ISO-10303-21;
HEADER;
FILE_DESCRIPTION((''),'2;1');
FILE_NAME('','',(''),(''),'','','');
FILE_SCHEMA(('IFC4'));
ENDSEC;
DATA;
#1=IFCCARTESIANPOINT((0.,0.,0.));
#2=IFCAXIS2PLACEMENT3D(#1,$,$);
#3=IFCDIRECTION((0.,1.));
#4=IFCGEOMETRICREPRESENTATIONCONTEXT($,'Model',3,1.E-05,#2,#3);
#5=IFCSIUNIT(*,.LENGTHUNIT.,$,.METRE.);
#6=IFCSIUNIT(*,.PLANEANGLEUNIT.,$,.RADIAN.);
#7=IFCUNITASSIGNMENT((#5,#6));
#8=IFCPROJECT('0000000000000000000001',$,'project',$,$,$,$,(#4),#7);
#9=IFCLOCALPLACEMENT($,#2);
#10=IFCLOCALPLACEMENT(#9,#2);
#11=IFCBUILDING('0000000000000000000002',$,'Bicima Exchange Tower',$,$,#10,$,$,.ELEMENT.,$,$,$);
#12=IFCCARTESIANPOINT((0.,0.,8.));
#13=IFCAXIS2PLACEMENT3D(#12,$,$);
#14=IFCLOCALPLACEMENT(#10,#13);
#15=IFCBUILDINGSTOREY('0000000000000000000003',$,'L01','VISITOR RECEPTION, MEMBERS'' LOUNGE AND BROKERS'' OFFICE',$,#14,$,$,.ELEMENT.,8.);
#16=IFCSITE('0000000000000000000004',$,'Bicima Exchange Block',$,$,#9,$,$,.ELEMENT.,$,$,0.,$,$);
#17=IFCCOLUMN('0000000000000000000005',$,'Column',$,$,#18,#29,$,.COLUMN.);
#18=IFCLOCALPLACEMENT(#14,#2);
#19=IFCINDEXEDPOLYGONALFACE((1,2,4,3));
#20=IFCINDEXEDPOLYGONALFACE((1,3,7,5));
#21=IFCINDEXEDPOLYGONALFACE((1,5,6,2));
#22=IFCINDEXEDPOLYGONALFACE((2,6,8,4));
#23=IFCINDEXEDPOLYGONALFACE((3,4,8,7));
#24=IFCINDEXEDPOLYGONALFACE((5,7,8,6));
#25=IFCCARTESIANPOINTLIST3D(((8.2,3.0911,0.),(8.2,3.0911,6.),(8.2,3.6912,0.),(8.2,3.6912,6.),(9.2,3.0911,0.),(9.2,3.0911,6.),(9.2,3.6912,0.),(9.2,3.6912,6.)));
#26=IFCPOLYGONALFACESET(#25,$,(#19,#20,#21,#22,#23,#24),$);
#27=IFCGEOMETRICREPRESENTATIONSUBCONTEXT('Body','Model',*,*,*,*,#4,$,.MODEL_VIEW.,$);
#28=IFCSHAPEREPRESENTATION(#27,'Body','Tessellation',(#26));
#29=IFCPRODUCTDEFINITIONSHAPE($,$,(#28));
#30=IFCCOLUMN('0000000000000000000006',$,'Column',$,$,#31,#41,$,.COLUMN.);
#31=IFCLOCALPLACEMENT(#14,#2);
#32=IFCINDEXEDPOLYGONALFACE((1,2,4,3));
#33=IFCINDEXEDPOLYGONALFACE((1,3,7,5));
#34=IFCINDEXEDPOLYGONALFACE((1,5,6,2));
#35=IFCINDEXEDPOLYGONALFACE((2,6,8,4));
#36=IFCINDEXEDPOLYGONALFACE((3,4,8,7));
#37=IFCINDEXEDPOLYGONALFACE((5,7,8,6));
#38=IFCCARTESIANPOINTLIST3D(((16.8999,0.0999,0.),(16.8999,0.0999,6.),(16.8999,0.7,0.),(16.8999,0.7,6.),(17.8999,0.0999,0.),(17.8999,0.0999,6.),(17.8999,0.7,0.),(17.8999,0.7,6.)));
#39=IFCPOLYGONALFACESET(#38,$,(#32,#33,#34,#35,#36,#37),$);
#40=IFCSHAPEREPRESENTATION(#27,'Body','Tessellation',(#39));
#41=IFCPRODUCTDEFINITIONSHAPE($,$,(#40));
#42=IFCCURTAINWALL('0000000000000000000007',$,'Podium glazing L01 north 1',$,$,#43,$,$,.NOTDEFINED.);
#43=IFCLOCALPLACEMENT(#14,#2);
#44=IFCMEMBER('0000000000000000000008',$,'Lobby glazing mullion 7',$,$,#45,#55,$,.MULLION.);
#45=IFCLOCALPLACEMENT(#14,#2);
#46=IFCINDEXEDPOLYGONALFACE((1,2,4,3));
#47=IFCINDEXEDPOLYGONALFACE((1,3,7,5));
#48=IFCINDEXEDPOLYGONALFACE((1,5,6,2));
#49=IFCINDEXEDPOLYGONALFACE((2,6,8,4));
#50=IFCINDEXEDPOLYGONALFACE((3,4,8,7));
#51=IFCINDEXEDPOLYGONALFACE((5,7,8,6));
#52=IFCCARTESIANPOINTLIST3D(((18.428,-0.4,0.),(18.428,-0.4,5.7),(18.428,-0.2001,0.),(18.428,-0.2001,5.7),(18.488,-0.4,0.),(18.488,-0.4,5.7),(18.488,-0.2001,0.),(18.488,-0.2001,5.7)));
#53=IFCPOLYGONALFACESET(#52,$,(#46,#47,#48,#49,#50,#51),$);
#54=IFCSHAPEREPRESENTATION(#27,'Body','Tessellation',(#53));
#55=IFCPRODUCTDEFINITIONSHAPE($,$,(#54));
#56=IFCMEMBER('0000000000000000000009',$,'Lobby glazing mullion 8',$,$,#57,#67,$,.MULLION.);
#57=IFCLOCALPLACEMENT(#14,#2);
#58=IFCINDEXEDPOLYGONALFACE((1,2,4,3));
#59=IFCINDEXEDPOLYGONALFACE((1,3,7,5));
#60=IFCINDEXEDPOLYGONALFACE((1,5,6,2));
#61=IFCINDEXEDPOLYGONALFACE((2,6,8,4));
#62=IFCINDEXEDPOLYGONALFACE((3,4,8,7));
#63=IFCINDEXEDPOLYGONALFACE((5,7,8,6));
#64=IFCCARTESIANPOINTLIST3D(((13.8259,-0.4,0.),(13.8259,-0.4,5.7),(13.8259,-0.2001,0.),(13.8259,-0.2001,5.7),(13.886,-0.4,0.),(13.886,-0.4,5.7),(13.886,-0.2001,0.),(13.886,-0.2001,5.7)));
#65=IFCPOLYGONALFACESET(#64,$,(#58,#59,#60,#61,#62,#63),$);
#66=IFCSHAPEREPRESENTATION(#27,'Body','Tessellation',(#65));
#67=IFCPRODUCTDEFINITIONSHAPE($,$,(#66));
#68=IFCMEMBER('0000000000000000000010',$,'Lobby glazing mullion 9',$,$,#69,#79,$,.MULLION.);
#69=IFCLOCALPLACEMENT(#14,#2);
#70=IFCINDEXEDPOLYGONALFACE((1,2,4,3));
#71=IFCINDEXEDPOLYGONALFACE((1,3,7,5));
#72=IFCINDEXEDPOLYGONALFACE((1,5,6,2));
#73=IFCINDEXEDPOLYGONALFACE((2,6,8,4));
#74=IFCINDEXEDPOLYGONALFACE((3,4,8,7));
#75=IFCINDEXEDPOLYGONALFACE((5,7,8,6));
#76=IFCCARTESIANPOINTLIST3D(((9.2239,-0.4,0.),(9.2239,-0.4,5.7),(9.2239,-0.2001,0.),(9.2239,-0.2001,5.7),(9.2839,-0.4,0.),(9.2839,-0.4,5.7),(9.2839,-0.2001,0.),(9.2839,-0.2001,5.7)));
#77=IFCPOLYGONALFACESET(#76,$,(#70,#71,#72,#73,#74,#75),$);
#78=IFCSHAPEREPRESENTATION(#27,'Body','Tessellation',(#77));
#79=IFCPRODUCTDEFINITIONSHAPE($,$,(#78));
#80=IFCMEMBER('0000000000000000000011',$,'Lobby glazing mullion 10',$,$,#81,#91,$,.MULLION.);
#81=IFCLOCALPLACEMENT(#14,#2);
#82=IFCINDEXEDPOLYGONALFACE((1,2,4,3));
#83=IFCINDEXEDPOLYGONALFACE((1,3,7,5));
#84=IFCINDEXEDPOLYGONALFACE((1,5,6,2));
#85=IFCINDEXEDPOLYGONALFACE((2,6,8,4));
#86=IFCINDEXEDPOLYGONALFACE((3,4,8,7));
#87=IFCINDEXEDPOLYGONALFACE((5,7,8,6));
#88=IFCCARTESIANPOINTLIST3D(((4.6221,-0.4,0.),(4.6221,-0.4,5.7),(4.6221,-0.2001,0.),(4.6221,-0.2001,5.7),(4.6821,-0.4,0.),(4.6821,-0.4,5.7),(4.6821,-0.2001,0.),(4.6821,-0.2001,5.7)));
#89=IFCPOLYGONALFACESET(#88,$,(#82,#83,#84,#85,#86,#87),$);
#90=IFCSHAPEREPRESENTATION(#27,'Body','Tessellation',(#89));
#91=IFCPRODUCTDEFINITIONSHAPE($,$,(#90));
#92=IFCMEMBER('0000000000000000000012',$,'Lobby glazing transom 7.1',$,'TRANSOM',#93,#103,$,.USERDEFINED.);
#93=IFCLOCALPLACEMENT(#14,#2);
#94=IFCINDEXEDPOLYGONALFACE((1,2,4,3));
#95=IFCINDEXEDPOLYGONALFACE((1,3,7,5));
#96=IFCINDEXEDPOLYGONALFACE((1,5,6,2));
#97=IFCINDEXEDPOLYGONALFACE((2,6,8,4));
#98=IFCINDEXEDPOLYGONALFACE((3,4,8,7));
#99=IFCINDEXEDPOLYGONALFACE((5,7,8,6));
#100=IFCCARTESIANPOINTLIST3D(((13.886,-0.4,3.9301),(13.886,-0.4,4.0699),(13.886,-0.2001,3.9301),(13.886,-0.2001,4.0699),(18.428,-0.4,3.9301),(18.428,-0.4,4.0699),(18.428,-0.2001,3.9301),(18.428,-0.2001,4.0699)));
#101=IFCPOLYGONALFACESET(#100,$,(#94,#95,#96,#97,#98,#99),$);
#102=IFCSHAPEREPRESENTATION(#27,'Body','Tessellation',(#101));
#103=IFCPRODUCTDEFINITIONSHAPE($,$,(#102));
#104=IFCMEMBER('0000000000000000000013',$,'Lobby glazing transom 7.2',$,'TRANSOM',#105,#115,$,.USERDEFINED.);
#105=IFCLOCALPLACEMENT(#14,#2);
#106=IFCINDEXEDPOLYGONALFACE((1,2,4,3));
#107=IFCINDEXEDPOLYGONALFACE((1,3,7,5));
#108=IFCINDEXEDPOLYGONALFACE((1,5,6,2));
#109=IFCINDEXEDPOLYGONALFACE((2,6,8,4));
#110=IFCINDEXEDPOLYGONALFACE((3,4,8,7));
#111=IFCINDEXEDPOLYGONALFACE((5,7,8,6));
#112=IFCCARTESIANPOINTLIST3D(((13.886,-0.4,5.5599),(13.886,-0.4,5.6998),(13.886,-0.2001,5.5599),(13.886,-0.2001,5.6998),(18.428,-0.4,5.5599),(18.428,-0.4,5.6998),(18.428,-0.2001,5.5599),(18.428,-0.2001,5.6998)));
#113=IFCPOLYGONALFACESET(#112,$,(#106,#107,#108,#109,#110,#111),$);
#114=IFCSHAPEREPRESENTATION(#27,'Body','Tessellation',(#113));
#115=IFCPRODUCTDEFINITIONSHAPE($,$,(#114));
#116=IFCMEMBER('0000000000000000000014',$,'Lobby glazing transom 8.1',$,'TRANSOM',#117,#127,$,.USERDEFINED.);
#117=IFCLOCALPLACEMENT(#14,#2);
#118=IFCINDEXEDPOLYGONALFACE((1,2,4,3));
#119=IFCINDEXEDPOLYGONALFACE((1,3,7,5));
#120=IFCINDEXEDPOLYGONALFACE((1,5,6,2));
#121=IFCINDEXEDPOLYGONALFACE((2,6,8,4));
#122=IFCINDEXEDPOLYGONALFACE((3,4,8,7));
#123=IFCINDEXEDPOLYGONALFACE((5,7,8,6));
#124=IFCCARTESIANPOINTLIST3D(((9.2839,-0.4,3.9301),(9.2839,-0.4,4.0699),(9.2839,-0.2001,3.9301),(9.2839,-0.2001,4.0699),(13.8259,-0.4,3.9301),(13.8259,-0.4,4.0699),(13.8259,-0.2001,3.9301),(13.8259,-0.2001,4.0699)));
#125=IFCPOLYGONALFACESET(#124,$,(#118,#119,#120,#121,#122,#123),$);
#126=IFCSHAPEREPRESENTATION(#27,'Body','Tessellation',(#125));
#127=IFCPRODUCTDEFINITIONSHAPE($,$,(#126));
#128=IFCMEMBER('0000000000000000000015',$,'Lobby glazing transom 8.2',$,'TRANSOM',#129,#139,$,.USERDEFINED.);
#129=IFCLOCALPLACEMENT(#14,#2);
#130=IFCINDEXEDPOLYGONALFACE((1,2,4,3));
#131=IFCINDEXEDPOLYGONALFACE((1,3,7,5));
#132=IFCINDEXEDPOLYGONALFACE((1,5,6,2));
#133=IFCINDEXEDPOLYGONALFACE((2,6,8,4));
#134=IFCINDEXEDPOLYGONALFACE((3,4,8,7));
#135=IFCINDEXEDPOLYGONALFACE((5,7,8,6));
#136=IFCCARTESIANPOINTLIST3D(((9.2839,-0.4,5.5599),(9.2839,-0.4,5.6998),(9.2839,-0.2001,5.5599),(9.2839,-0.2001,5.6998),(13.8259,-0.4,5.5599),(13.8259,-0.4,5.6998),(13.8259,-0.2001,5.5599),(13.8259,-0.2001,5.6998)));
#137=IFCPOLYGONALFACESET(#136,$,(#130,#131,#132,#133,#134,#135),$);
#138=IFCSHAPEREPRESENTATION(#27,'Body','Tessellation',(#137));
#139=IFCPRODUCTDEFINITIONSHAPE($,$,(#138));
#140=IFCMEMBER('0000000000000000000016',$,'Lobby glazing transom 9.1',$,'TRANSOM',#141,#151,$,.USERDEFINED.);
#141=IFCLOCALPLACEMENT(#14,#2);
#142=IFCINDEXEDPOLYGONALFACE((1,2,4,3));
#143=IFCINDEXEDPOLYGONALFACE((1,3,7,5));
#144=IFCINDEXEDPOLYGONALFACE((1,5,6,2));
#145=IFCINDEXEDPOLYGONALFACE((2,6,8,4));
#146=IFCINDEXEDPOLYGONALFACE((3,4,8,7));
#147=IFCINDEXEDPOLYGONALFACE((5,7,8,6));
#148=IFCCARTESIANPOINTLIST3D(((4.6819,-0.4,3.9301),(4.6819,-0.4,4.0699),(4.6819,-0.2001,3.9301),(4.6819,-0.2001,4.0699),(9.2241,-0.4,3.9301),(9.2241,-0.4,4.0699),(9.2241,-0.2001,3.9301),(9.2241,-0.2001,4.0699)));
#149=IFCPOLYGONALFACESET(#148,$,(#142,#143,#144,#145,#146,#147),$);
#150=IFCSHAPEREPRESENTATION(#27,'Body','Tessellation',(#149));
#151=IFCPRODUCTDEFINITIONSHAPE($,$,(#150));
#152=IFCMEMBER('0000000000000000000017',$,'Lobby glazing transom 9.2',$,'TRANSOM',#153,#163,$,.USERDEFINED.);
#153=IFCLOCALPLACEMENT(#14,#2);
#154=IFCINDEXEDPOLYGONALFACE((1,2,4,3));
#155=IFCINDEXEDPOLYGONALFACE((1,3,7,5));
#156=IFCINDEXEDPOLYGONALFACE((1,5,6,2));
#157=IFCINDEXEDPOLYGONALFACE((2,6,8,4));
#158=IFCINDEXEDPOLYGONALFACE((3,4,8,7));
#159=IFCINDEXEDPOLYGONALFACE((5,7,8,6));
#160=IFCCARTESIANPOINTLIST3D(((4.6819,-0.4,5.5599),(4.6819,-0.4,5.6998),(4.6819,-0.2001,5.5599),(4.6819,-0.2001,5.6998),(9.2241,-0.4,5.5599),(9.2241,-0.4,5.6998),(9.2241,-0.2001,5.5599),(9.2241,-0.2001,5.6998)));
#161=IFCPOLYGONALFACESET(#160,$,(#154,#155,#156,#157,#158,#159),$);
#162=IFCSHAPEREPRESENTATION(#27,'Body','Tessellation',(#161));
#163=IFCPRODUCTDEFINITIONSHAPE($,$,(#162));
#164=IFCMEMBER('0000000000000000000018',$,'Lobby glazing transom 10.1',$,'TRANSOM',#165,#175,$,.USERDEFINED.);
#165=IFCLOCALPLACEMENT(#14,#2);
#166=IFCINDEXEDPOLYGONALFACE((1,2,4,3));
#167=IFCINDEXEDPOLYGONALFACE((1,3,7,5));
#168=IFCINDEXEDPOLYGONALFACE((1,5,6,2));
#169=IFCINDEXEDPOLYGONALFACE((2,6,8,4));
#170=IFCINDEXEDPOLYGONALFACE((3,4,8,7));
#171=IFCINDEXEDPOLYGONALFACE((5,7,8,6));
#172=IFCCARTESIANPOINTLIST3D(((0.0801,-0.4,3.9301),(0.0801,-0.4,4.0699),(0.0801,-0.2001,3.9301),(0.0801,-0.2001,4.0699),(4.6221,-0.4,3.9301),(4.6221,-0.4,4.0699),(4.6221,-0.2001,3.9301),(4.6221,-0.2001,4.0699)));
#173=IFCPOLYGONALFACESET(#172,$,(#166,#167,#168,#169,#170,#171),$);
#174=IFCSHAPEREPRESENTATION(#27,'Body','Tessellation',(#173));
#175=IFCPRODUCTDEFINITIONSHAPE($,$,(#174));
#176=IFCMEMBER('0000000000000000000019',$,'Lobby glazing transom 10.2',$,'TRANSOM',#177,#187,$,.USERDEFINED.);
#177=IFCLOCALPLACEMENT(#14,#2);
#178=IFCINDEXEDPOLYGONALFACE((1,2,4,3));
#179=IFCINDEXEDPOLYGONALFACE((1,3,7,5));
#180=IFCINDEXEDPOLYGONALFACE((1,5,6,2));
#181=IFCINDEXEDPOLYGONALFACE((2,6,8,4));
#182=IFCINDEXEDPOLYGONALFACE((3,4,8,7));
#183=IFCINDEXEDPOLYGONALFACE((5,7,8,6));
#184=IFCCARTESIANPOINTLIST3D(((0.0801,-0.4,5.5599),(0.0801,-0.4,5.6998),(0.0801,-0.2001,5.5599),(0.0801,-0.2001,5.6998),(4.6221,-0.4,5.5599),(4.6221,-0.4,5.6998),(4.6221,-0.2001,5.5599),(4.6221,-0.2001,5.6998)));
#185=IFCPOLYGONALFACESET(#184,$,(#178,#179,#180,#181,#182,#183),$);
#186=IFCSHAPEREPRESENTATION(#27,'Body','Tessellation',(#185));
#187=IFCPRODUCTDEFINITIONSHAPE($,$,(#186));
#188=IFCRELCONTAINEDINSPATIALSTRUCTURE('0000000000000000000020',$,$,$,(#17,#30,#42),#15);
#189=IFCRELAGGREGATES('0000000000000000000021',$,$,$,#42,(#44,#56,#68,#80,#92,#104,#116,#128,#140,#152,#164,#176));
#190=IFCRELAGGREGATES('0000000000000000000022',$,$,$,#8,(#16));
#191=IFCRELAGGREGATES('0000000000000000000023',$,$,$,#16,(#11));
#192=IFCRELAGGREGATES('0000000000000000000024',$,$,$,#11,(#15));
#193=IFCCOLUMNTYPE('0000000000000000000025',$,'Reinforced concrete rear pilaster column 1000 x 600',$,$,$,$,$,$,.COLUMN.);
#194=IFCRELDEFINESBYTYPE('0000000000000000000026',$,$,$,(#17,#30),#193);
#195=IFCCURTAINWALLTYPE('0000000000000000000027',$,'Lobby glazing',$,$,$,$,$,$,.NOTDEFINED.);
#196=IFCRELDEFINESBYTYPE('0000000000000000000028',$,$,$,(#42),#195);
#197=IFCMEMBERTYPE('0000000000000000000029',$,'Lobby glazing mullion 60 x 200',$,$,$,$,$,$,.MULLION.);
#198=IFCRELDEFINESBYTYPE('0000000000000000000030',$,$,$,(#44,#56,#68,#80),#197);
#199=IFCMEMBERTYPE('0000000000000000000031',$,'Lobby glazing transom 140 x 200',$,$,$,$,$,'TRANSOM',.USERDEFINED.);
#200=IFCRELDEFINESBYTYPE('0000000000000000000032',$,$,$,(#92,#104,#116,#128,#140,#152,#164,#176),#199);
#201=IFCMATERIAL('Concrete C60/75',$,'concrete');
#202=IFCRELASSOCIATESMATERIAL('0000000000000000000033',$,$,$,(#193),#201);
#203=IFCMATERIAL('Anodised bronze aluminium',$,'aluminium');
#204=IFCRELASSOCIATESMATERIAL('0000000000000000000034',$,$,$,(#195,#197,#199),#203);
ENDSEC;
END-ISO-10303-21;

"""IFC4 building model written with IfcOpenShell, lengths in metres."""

from ifc_helpers import new_model, si_unit, direction, frame, origin, origin_2d, place, context, subcontext, project, spatial, rectangle, extrude, material, material_profile, profile_set, type_object, element, aggregate, save


model = new_model("IFC4")

# Units and contexts
model_context = context("Model", 3, precision=1e-05, world=origin(), true_north=direction((0.0, 1.0)))
body_context = subcontext(model_context, "Body", "Model", "MODEL_VIEW")
ifc_project = project(units=[si_unit("LENGTHUNIT", "METRE"), si_unit("PLANEANGLEUNIT", "RADIAN")], contexts=[model_context])

# Site, building, storey
site_placement = place(None, origin())
site = spatial("IfcSite", under=ifc_project, at=site_placement, Name="Bicima Exchange Block", CompositionType="ELEMENT", RefElevation=0.0)
building_placement = place(site_placement, origin())
building = spatial("IfcBuilding", under=site, at=building_placement, Name="Bicima Exchange Tower", CompositionType="ELEMENT")
storey_placement = place(building_placement, frame((0.0, 0.0, 8.0)))
storey = spatial("IfcBuildingStorey", under=building, at=storey_placement, Name="L01", Description="VISITOR RECEPTION, MEMBERS' LOUNGE AND BROKERS' OFFICE", CompositionType="ELEMENT", Elevation=8.0)

# Columns
ifc_material_1 = material(Name="Concrete C60/75", Category="concrete")
ifc_material_profile_1 = material_profile(ifc_material_1, rectangle(XDim=1.0, YDim=0.6001, at=origin_2d()))
ifc_profile_set_1 = profile_set([ifc_material_profile_1], Name="Concrete C60/75")
column_type = type_object("IfcColumnType", Name="Reinforced concrete rear pilaster column 1000 x 600", PredefinedType="COLUMN", material=ifc_profile_set_1)
for number, where, z_axis, x_axis, name in (
    (1, (8.7, 3.3911, 0.0), (0.0, 0.0, 1.0), (1.0, 0.0, 0.0), "Column"),
    (2, (17.3999, 0.3999, 0.0), (0.0, 0.0, 1.0), (1.0, 0.0, 0.0), "Column"),
):
    element("IfcColumn", number, at=place(storey_placement, frame(where, z_axis=z_axis, x_axis=x_axis)), inside=storey, type_object=column_type, Name=name, PredefinedType="COLUMN", context=body_context, shape_type="SweptSolid", body=[
        extrude(rectangle(XDim=1.0, YDim=0.6001, at=origin_2d()), origin(), (0.0, 0.0, 1.0), 6.0),
    ])

# Curtain wall, members
ifc_material_2 = material(Name="Anodised bronze aluminium", Category="aluminium")
curtain_wall_type = type_object("IfcCurtainWallType", Name="Lobby glazing", PredefinedType="NOTDEFINED", material=ifc_material_2)
curtain_wall_placement = place(storey_placement, origin())
curtain_wall = element("IfcCurtainWall", 3, at=curtain_wall_placement, inside=storey, type_object=curtain_wall_type, Name="Podium glazing L01 north 1", PredefinedType="NOTDEFINED")
ifc_material_profile_2 = material_profile(ifc_material_2, rectangle(XDim=0.2, YDim=0.0601, at=origin_2d()))
ifc_profile_set_2 = profile_set([ifc_material_profile_2], Name="Anodised bronze aluminium")
member_type_1 = type_object("IfcMemberType", Name="Lobby glazing mullion 60 x 200", PredefinedType="MULLION", material=ifc_profile_set_2)
member_1_placement = place(storey_placement, frame((18.458, -0.3, 0.0), z_axis=(0.0, 0.0, 1.0), x_axis=(0.0, -1.0, 0.0)))
member_1 = element("IfcMember", 4, at=member_1_placement, type_object=member_type_1, Name="Lobby glazing mullion 7", PredefinedType="MULLION", context=body_context, shape_type="SweptSolid", body=[
    extrude(rectangle(XDim=0.2, YDim=0.0601, at=origin_2d()), origin(), (0.0, 0.0, 1.0), 5.7),
])
member_2_placement = place(storey_placement, frame((13.856, -0.3, 0.0), z_axis=(0.0, 0.0, 1.0), x_axis=(0.0, -1.0, 0.0)))
member_2 = element("IfcMember", 5, at=member_2_placement, type_object=member_type_1, Name="Lobby glazing mullion 8", PredefinedType="MULLION", context=body_context, shape_type="SweptSolid", body=[
    extrude(rectangle(XDim=0.2, YDim=0.0601, at=origin_2d()), origin(), (0.0, 0.0, 1.0), 5.7),
])
member_3_placement = place(storey_placement, frame((9.2539, -0.3, 0.0), z_axis=(0.0, 0.0, 1.0), x_axis=(0.0, -1.0, 0.0)))
member_3 = element("IfcMember", 6, at=member_3_placement, type_object=member_type_1, Name="Lobby glazing mullion 9", PredefinedType="MULLION", context=body_context, shape_type="SweptSolid", body=[
    extrude(rectangle(XDim=0.2, YDim=0.0601, at=origin_2d()), origin(), (0.0, 0.0, 1.0), 5.7),
])
member_4_placement = place(storey_placement, frame((4.6521, -0.3, 0.0), z_axis=(0.0, 0.0, 1.0), x_axis=(0.0, -1.0, 0.0)))
member_4 = element("IfcMember", 7, at=member_4_placement, type_object=member_type_1, Name="Lobby glazing mullion 10", PredefinedType="MULLION", context=body_context, shape_type="SweptSolid", body=[
    extrude(rectangle(XDim=0.2, YDim=0.0601, at=origin_2d()), origin(), (0.0, 0.0, 1.0), 5.7),
])
ifc_material_profile_3 = material_profile(ifc_material_2, rectangle(XDim=0.2, YDim=0.1399, at=origin_2d()))
ifc_profile_set_3 = profile_set([ifc_material_profile_3], Name="Anodised bronze aluminium")
member_type_2 = type_object("IfcMemberType", Name="Lobby glazing transom 140 x 200", ElementType="TRANSOM", PredefinedType="USERDEFINED", material=ifc_profile_set_3)
member_5_placement = place(storey_placement, frame((18.428, -0.3, 4.0), z_axis=(-1.0, 0.0, 0.0), x_axis=(0.0, -1.0, 0.0)))
member_5 = element("IfcMember", 8, at=member_5_placement, type_object=member_type_2, Name="Lobby glazing transom 7.1", ObjectType="TRANSOM", PredefinedType="USERDEFINED", context=body_context, shape_type="SweptSolid", body=[
    extrude(rectangle(XDim=0.2, YDim=0.1399, at=origin_2d()), origin(), (0.0, 0.0, 1.0), 4.542),
])
member_6_placement = place(storey_placement, frame((18.428, -0.3, 5.6299), z_axis=(-1.0, 0.0, 0.0), x_axis=(0.0, -1.0, 0.0)))
member_6 = element("IfcMember", 9, at=member_6_placement, type_object=member_type_2, Name="Lobby glazing transom 7.2", ObjectType="TRANSOM", PredefinedType="USERDEFINED", context=body_context, shape_type="SweptSolid", body=[
    extrude(rectangle(XDim=0.2, YDim=0.1399, at=origin_2d()), origin(), (0.0, 0.0, 1.0), 4.542),
])
member_7_placement = place(storey_placement, frame((13.8259, -0.3, 4.0), z_axis=(-1.0, 0.0, 0.0), x_axis=(0.0, -1.0, 0.0)))
member_7 = element("IfcMember", 10, at=member_7_placement, type_object=member_type_2, Name="Lobby glazing transom 8.1", ObjectType="TRANSOM", PredefinedType="USERDEFINED", context=body_context, shape_type="SweptSolid", body=[
    extrude(rectangle(XDim=0.2, YDim=0.1399, at=origin_2d()), origin(), (0.0, 0.0, 1.0), 4.542),
])
member_8_placement = place(storey_placement, frame((13.8259, -0.3, 5.6299), z_axis=(-1.0, 0.0, 0.0), x_axis=(0.0, -1.0, 0.0)))
member_8 = element("IfcMember", 11, at=member_8_placement, type_object=member_type_2, Name="Lobby glazing transom 8.2", ObjectType="TRANSOM", PredefinedType="USERDEFINED", context=body_context, shape_type="SweptSolid", body=[
    extrude(rectangle(XDim=0.2, YDim=0.1399, at=origin_2d()), origin(), (0.0, 0.0, 1.0), 4.542),
])
member_9_placement = place(storey_placement, frame((9.2241, -0.3, 4.0), z_axis=(-1.0, 0.0, 0.0), x_axis=(0.0, -1.0, 0.0)))
member_9 = element("IfcMember", 12, at=member_9_placement, type_object=member_type_2, Name="Lobby glazing transom 9.1", ObjectType="TRANSOM", PredefinedType="USERDEFINED", context=body_context, shape_type="SweptSolid", body=[
    extrude(rectangle(XDim=0.2, YDim=0.1399, at=origin_2d()), origin(), (0.0, 0.0, 1.0), 4.5422),
])
member_10_placement = place(storey_placement, frame((9.2241, -0.3, 5.6299), z_axis=(-1.0, 0.0, 0.0), x_axis=(0.0, -1.0, 0.0)))
member_10 = element("IfcMember", 13, at=member_10_placement, type_object=member_type_2, Name="Lobby glazing transom 9.2", ObjectType="TRANSOM", PredefinedType="USERDEFINED", context=body_context, shape_type="SweptSolid", body=[
    extrude(rectangle(XDim=0.2, YDim=0.1399, at=origin_2d()), origin(), (0.0, 0.0, 1.0), 4.5422),
])
member_11_placement = place(storey_placement, frame((4.6221, -0.3, 4.0), z_axis=(-1.0, 0.0, 0.0), x_axis=(0.0, -1.0, 0.0)))
member_11 = element("IfcMember", 14, at=member_11_placement, type_object=member_type_2, Name="Lobby glazing transom 10.1", ObjectType="TRANSOM", PredefinedType="USERDEFINED", context=body_context, shape_type="SweptSolid", body=[
    extrude(rectangle(XDim=0.2, YDim=0.1399, at=origin_2d()), origin(), (0.0, 0.0, 1.0), 4.542),
])
member_12_placement = place(storey_placement, frame((4.6221, -0.3, 5.6299), z_axis=(-1.0, 0.0, 0.0), x_axis=(0.0, -1.0, 0.0)))
member_12 = element("IfcMember", 15, at=member_12_placement, type_object=member_type_2, Name="Lobby glazing transom 10.2", ObjectType="TRANSOM", PredefinedType="USERDEFINED", context=body_context, shape_type="SweptSolid", body=[
    extrude(rectangle(XDim=0.2, YDim=0.1399, at=origin_2d()), origin(), (0.0, 0.0, 1.0), 4.542),
])
aggregate(curtain_wall, [member_1, member_2, member_3, member_4, member_5, member_6, member_7, member_8, member_9, member_10, member_11, member_12])

save(model, "model.ifc")
